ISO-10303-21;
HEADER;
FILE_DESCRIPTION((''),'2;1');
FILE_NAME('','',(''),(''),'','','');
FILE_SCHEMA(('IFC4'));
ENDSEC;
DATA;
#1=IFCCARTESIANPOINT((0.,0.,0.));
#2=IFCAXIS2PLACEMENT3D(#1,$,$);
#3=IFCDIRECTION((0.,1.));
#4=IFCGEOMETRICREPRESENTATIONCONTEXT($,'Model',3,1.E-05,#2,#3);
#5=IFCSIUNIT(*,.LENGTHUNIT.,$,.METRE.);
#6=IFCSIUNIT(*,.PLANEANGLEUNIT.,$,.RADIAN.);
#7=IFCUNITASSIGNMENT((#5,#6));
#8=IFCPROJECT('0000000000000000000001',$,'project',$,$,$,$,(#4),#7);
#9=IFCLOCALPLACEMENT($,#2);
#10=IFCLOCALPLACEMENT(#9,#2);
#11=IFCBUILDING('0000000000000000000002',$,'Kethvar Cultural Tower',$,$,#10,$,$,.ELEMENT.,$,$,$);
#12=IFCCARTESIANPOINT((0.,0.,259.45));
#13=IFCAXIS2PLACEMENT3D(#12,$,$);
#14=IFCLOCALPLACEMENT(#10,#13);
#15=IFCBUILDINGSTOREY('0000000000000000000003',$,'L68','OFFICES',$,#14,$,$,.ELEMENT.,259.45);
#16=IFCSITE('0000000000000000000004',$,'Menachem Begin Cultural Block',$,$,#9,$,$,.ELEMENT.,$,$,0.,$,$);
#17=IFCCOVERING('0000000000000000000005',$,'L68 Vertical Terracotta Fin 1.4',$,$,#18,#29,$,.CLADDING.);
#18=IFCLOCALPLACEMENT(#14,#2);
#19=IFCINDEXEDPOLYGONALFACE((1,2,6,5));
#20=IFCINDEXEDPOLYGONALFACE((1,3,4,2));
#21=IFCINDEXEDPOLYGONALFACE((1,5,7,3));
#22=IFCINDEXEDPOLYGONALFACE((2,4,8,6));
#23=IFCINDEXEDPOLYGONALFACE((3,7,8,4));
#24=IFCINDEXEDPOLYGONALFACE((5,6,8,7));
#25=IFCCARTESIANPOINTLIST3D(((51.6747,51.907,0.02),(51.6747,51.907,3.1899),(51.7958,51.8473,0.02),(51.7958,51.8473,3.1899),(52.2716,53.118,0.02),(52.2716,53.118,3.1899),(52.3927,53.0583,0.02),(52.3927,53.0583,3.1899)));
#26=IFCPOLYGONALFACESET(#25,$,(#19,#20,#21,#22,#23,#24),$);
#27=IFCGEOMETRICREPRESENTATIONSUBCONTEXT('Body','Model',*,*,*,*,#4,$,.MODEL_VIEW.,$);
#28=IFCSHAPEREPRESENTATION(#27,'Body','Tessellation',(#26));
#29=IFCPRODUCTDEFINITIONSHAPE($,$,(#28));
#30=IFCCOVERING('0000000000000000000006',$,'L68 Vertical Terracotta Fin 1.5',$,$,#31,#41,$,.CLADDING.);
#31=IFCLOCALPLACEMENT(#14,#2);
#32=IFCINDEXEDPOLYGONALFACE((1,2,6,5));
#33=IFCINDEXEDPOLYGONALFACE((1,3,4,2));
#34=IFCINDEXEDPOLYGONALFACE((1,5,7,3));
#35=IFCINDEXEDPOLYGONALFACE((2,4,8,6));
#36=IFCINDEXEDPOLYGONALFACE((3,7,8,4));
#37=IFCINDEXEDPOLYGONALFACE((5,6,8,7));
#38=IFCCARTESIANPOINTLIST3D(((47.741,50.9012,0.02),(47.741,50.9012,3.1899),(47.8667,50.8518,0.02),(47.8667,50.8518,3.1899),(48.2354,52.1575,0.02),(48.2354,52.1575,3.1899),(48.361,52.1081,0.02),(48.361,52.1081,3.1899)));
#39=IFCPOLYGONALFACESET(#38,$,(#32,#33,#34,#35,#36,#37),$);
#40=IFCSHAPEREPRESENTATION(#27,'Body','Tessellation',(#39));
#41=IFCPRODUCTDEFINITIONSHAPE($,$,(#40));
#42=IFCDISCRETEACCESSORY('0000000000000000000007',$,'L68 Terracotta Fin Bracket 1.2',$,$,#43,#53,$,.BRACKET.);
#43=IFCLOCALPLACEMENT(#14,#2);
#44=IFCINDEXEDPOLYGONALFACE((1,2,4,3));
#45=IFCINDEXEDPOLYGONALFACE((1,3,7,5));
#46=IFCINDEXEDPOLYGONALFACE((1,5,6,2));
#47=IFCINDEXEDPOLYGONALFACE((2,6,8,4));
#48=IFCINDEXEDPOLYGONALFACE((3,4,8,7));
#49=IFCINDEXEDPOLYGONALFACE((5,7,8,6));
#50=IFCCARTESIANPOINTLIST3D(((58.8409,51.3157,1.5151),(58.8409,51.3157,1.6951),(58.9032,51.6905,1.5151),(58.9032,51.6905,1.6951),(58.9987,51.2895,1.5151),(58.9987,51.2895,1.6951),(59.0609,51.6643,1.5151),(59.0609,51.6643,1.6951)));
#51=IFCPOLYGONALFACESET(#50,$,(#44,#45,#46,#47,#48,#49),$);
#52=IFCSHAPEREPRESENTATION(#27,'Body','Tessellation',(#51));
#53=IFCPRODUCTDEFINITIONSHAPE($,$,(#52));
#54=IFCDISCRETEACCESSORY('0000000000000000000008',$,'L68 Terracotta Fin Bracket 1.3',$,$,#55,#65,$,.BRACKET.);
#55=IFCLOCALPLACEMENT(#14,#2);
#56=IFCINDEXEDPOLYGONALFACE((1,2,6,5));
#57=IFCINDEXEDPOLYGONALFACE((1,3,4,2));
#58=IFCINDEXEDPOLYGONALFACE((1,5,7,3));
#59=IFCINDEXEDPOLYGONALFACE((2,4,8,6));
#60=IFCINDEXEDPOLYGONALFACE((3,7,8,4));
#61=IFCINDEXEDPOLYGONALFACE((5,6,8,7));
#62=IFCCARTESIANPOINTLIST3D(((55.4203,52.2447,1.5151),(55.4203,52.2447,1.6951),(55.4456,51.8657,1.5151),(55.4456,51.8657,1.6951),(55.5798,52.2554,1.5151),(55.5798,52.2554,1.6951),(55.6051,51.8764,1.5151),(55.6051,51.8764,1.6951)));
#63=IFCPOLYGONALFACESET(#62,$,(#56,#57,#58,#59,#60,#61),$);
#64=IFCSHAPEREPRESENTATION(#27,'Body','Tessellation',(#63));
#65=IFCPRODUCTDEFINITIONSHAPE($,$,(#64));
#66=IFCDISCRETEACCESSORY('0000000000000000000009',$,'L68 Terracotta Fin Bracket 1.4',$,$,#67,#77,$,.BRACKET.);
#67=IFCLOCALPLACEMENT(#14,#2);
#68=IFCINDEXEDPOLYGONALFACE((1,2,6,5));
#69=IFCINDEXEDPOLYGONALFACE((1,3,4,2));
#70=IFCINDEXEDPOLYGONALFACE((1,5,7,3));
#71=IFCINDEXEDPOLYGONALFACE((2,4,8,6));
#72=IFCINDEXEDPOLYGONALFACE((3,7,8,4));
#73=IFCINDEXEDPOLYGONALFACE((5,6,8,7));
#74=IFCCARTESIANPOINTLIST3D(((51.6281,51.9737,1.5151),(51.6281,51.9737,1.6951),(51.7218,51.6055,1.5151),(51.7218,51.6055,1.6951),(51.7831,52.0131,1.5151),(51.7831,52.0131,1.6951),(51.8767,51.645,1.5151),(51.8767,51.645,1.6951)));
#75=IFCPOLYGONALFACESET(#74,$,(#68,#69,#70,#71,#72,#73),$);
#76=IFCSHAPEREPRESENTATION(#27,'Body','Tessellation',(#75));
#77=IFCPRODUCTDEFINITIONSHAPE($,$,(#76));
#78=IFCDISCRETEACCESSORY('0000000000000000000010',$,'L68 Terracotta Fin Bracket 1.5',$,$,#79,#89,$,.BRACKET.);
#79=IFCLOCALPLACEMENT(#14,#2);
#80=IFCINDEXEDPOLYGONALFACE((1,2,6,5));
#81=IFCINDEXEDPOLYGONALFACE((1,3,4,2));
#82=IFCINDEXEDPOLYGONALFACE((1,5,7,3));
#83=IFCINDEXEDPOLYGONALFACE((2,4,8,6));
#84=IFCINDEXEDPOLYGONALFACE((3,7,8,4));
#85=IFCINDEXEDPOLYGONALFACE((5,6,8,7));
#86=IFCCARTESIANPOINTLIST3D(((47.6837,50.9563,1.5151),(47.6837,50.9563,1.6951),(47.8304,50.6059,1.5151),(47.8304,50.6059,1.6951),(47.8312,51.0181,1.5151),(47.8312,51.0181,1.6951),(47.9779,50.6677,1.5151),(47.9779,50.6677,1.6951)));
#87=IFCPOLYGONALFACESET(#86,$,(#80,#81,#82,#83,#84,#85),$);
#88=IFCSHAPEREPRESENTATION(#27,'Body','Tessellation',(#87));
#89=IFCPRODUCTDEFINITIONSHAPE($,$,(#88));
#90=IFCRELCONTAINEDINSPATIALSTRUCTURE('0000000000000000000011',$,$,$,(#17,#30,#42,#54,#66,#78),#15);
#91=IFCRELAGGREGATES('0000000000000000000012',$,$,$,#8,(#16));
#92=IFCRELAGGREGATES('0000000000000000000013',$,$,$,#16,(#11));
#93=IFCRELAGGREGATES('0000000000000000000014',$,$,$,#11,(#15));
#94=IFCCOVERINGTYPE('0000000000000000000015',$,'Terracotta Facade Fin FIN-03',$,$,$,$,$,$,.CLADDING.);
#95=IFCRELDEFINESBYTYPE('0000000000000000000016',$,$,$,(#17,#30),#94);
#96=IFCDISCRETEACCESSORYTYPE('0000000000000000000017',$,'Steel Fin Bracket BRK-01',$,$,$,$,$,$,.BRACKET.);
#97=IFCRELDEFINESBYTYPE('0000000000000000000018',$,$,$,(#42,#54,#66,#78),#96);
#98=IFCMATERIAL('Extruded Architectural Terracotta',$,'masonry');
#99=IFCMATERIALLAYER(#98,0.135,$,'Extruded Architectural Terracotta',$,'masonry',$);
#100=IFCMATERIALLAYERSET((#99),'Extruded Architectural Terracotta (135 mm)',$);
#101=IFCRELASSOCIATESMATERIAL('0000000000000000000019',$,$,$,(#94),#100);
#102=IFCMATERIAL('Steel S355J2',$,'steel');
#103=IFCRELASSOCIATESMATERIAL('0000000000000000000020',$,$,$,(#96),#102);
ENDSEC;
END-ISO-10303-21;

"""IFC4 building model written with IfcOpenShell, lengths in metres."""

from ifc_helpers import new_model, si_unit, direction, frame, origin, origin_2d, place, context, subcontext, project, spatial, rectangle, extrude, source, transform, mapped, material, layer, layer_set, type_object, element, save


model = new_model("IFC4")

# Units and contexts
model_context = context("Model", 3, precision=1e-05, world=origin(), true_north=direction((0.0, 1.0)))
body_context = subcontext(model_context, "Body", "Model", "MODEL_VIEW")
ifc_project = project(units=[si_unit("LENGTHUNIT", "METRE"), si_unit("PLANEANGLEUNIT", "RADIAN")], contexts=[model_context])

# Site, building, storey
site_placement = place(None, origin())
site = spatial("IfcSite", under=ifc_project, at=site_placement, Name="Menachem Begin Cultural Block", CompositionType="ELEMENT", RefElevation=0.0)
building_placement = place(site_placement, origin())
building = spatial("IfcBuilding", under=site, at=building_placement, Name="Kethvar Cultural Tower", CompositionType="ELEMENT")
storey_placement = place(building_placement, frame((0.0, 0.0, 259.45)))
storey = spatial("IfcBuildingStorey", under=building, at=storey_placement, Name="L68", Description="OFFICES", CompositionType="ELEMENT", Elevation=259.45)

# Shared definitions
ifc_material_1 = material(Name="Steel S355J2", Category="steel")

# Coverings
ifc_material_2 = material(Name="Extruded Architectural Terracotta", Category="masonry")
ifc_layer_1 = layer(ifc_material_2, 0.135, Name="Extruded Architectural Terracotta", Category="masonry")
ifc_layer_set_1 = layer_set([ifc_layer_1], Name="Extruded Architectural Terracotta (135 mm)")
covering_type = type_object("IfcCoveringType", Name="Terracotta Facade Fin FIN-03", PredefinedType="CLADDING", material=ifc_layer_set_1)
shared_shape_1 = source(origin(), body_context, "Body", "SweptSolid", [
    extrude(rectangle(XDim=1.3501, YDim=0.135, at=origin_2d()), origin(), (0.0, 0.0, 1.0), 3.1699),
])
for number, where, z_axis, x_axis, name in (
    (1, (52.0337, 52.4827, 0.02), (0.0, 0.0, 1.0), (0.442132, 0.89695, 0.0), "L68 Vertical Terracotta Fin 1.4"),
    (2, (48.051, 51.5046, 0.02), (0.0, 0.0, 1.0), (0.366176, 0.930545, 0.0), "L68 Vertical Terracotta Fin 1.5"),
):
    element("IfcCovering", number, at=place(storey_placement, frame(where, z_axis=z_axis, x_axis=x_axis)), inside=storey, type_object=covering_type, Name=name, PredefinedType="CLADDING", context=body_context, shape_type="MappedRepresentation", body=[
        mapped(shared_shape_1, transform((0.0, 0.0, 0.0), scale=1.0)),
    ])

# Discrete accessories
discrete_accessory_type = type_object("IfcDiscreteAccessoryType", Name="Steel Fin Bracket BRK-01", PredefinedType="BRACKET", material=ifc_material_1)
shared_shape_2 = source(origin(), body_context, "Body", "SweptSolid", [
    extrude(rectangle(XDim=0.3799, YDim=0.1599, at=origin_2d()), origin(), (0.0, 0.0, 1.0), 0.1799),
])
for number, where, z_axis, x_axis, name in (
    (3, (58.9509, 51.49, 1.5151), (0.0, 0.0, 1.0), (0.163843, 0.986487, 0.0), "L68 Terracotta Fin Bracket 1.2"),
    (4, (55.5127, 52.0605, 1.5151), (0.0, 0.0, 1.0), (-0.066622, 0.997778, 0.0), "L68 Terracotta Fin Bracket 1.3"),
    (5, (51.7524, 51.8093, 1.5151), (0.0, 0.0, 1.0), (-0.246492, 0.969145, 0.0), "L68 Terracotta Fin Bracket 1.4"),
    (6, (47.8308, 50.812, 1.5151), (0.0, 0.0, 1.0), (-0.386228, 0.922403, 0.0), "L68 Terracotta Fin Bracket 1.5"),
):
    element("IfcDiscreteAccessory", number, at=place(storey_placement, frame(where, z_axis=z_axis, x_axis=x_axis)), inside=storey, type_object=discrete_accessory_type, Name=name, PredefinedType="BRACKET", context=body_context, shape_type="MappedRepresentation", body=[
        mapped(shared_shape_2, transform((0.0, 0.0, 0.0), scale=1.0)),
    ])

save(model, "model.ifc")
